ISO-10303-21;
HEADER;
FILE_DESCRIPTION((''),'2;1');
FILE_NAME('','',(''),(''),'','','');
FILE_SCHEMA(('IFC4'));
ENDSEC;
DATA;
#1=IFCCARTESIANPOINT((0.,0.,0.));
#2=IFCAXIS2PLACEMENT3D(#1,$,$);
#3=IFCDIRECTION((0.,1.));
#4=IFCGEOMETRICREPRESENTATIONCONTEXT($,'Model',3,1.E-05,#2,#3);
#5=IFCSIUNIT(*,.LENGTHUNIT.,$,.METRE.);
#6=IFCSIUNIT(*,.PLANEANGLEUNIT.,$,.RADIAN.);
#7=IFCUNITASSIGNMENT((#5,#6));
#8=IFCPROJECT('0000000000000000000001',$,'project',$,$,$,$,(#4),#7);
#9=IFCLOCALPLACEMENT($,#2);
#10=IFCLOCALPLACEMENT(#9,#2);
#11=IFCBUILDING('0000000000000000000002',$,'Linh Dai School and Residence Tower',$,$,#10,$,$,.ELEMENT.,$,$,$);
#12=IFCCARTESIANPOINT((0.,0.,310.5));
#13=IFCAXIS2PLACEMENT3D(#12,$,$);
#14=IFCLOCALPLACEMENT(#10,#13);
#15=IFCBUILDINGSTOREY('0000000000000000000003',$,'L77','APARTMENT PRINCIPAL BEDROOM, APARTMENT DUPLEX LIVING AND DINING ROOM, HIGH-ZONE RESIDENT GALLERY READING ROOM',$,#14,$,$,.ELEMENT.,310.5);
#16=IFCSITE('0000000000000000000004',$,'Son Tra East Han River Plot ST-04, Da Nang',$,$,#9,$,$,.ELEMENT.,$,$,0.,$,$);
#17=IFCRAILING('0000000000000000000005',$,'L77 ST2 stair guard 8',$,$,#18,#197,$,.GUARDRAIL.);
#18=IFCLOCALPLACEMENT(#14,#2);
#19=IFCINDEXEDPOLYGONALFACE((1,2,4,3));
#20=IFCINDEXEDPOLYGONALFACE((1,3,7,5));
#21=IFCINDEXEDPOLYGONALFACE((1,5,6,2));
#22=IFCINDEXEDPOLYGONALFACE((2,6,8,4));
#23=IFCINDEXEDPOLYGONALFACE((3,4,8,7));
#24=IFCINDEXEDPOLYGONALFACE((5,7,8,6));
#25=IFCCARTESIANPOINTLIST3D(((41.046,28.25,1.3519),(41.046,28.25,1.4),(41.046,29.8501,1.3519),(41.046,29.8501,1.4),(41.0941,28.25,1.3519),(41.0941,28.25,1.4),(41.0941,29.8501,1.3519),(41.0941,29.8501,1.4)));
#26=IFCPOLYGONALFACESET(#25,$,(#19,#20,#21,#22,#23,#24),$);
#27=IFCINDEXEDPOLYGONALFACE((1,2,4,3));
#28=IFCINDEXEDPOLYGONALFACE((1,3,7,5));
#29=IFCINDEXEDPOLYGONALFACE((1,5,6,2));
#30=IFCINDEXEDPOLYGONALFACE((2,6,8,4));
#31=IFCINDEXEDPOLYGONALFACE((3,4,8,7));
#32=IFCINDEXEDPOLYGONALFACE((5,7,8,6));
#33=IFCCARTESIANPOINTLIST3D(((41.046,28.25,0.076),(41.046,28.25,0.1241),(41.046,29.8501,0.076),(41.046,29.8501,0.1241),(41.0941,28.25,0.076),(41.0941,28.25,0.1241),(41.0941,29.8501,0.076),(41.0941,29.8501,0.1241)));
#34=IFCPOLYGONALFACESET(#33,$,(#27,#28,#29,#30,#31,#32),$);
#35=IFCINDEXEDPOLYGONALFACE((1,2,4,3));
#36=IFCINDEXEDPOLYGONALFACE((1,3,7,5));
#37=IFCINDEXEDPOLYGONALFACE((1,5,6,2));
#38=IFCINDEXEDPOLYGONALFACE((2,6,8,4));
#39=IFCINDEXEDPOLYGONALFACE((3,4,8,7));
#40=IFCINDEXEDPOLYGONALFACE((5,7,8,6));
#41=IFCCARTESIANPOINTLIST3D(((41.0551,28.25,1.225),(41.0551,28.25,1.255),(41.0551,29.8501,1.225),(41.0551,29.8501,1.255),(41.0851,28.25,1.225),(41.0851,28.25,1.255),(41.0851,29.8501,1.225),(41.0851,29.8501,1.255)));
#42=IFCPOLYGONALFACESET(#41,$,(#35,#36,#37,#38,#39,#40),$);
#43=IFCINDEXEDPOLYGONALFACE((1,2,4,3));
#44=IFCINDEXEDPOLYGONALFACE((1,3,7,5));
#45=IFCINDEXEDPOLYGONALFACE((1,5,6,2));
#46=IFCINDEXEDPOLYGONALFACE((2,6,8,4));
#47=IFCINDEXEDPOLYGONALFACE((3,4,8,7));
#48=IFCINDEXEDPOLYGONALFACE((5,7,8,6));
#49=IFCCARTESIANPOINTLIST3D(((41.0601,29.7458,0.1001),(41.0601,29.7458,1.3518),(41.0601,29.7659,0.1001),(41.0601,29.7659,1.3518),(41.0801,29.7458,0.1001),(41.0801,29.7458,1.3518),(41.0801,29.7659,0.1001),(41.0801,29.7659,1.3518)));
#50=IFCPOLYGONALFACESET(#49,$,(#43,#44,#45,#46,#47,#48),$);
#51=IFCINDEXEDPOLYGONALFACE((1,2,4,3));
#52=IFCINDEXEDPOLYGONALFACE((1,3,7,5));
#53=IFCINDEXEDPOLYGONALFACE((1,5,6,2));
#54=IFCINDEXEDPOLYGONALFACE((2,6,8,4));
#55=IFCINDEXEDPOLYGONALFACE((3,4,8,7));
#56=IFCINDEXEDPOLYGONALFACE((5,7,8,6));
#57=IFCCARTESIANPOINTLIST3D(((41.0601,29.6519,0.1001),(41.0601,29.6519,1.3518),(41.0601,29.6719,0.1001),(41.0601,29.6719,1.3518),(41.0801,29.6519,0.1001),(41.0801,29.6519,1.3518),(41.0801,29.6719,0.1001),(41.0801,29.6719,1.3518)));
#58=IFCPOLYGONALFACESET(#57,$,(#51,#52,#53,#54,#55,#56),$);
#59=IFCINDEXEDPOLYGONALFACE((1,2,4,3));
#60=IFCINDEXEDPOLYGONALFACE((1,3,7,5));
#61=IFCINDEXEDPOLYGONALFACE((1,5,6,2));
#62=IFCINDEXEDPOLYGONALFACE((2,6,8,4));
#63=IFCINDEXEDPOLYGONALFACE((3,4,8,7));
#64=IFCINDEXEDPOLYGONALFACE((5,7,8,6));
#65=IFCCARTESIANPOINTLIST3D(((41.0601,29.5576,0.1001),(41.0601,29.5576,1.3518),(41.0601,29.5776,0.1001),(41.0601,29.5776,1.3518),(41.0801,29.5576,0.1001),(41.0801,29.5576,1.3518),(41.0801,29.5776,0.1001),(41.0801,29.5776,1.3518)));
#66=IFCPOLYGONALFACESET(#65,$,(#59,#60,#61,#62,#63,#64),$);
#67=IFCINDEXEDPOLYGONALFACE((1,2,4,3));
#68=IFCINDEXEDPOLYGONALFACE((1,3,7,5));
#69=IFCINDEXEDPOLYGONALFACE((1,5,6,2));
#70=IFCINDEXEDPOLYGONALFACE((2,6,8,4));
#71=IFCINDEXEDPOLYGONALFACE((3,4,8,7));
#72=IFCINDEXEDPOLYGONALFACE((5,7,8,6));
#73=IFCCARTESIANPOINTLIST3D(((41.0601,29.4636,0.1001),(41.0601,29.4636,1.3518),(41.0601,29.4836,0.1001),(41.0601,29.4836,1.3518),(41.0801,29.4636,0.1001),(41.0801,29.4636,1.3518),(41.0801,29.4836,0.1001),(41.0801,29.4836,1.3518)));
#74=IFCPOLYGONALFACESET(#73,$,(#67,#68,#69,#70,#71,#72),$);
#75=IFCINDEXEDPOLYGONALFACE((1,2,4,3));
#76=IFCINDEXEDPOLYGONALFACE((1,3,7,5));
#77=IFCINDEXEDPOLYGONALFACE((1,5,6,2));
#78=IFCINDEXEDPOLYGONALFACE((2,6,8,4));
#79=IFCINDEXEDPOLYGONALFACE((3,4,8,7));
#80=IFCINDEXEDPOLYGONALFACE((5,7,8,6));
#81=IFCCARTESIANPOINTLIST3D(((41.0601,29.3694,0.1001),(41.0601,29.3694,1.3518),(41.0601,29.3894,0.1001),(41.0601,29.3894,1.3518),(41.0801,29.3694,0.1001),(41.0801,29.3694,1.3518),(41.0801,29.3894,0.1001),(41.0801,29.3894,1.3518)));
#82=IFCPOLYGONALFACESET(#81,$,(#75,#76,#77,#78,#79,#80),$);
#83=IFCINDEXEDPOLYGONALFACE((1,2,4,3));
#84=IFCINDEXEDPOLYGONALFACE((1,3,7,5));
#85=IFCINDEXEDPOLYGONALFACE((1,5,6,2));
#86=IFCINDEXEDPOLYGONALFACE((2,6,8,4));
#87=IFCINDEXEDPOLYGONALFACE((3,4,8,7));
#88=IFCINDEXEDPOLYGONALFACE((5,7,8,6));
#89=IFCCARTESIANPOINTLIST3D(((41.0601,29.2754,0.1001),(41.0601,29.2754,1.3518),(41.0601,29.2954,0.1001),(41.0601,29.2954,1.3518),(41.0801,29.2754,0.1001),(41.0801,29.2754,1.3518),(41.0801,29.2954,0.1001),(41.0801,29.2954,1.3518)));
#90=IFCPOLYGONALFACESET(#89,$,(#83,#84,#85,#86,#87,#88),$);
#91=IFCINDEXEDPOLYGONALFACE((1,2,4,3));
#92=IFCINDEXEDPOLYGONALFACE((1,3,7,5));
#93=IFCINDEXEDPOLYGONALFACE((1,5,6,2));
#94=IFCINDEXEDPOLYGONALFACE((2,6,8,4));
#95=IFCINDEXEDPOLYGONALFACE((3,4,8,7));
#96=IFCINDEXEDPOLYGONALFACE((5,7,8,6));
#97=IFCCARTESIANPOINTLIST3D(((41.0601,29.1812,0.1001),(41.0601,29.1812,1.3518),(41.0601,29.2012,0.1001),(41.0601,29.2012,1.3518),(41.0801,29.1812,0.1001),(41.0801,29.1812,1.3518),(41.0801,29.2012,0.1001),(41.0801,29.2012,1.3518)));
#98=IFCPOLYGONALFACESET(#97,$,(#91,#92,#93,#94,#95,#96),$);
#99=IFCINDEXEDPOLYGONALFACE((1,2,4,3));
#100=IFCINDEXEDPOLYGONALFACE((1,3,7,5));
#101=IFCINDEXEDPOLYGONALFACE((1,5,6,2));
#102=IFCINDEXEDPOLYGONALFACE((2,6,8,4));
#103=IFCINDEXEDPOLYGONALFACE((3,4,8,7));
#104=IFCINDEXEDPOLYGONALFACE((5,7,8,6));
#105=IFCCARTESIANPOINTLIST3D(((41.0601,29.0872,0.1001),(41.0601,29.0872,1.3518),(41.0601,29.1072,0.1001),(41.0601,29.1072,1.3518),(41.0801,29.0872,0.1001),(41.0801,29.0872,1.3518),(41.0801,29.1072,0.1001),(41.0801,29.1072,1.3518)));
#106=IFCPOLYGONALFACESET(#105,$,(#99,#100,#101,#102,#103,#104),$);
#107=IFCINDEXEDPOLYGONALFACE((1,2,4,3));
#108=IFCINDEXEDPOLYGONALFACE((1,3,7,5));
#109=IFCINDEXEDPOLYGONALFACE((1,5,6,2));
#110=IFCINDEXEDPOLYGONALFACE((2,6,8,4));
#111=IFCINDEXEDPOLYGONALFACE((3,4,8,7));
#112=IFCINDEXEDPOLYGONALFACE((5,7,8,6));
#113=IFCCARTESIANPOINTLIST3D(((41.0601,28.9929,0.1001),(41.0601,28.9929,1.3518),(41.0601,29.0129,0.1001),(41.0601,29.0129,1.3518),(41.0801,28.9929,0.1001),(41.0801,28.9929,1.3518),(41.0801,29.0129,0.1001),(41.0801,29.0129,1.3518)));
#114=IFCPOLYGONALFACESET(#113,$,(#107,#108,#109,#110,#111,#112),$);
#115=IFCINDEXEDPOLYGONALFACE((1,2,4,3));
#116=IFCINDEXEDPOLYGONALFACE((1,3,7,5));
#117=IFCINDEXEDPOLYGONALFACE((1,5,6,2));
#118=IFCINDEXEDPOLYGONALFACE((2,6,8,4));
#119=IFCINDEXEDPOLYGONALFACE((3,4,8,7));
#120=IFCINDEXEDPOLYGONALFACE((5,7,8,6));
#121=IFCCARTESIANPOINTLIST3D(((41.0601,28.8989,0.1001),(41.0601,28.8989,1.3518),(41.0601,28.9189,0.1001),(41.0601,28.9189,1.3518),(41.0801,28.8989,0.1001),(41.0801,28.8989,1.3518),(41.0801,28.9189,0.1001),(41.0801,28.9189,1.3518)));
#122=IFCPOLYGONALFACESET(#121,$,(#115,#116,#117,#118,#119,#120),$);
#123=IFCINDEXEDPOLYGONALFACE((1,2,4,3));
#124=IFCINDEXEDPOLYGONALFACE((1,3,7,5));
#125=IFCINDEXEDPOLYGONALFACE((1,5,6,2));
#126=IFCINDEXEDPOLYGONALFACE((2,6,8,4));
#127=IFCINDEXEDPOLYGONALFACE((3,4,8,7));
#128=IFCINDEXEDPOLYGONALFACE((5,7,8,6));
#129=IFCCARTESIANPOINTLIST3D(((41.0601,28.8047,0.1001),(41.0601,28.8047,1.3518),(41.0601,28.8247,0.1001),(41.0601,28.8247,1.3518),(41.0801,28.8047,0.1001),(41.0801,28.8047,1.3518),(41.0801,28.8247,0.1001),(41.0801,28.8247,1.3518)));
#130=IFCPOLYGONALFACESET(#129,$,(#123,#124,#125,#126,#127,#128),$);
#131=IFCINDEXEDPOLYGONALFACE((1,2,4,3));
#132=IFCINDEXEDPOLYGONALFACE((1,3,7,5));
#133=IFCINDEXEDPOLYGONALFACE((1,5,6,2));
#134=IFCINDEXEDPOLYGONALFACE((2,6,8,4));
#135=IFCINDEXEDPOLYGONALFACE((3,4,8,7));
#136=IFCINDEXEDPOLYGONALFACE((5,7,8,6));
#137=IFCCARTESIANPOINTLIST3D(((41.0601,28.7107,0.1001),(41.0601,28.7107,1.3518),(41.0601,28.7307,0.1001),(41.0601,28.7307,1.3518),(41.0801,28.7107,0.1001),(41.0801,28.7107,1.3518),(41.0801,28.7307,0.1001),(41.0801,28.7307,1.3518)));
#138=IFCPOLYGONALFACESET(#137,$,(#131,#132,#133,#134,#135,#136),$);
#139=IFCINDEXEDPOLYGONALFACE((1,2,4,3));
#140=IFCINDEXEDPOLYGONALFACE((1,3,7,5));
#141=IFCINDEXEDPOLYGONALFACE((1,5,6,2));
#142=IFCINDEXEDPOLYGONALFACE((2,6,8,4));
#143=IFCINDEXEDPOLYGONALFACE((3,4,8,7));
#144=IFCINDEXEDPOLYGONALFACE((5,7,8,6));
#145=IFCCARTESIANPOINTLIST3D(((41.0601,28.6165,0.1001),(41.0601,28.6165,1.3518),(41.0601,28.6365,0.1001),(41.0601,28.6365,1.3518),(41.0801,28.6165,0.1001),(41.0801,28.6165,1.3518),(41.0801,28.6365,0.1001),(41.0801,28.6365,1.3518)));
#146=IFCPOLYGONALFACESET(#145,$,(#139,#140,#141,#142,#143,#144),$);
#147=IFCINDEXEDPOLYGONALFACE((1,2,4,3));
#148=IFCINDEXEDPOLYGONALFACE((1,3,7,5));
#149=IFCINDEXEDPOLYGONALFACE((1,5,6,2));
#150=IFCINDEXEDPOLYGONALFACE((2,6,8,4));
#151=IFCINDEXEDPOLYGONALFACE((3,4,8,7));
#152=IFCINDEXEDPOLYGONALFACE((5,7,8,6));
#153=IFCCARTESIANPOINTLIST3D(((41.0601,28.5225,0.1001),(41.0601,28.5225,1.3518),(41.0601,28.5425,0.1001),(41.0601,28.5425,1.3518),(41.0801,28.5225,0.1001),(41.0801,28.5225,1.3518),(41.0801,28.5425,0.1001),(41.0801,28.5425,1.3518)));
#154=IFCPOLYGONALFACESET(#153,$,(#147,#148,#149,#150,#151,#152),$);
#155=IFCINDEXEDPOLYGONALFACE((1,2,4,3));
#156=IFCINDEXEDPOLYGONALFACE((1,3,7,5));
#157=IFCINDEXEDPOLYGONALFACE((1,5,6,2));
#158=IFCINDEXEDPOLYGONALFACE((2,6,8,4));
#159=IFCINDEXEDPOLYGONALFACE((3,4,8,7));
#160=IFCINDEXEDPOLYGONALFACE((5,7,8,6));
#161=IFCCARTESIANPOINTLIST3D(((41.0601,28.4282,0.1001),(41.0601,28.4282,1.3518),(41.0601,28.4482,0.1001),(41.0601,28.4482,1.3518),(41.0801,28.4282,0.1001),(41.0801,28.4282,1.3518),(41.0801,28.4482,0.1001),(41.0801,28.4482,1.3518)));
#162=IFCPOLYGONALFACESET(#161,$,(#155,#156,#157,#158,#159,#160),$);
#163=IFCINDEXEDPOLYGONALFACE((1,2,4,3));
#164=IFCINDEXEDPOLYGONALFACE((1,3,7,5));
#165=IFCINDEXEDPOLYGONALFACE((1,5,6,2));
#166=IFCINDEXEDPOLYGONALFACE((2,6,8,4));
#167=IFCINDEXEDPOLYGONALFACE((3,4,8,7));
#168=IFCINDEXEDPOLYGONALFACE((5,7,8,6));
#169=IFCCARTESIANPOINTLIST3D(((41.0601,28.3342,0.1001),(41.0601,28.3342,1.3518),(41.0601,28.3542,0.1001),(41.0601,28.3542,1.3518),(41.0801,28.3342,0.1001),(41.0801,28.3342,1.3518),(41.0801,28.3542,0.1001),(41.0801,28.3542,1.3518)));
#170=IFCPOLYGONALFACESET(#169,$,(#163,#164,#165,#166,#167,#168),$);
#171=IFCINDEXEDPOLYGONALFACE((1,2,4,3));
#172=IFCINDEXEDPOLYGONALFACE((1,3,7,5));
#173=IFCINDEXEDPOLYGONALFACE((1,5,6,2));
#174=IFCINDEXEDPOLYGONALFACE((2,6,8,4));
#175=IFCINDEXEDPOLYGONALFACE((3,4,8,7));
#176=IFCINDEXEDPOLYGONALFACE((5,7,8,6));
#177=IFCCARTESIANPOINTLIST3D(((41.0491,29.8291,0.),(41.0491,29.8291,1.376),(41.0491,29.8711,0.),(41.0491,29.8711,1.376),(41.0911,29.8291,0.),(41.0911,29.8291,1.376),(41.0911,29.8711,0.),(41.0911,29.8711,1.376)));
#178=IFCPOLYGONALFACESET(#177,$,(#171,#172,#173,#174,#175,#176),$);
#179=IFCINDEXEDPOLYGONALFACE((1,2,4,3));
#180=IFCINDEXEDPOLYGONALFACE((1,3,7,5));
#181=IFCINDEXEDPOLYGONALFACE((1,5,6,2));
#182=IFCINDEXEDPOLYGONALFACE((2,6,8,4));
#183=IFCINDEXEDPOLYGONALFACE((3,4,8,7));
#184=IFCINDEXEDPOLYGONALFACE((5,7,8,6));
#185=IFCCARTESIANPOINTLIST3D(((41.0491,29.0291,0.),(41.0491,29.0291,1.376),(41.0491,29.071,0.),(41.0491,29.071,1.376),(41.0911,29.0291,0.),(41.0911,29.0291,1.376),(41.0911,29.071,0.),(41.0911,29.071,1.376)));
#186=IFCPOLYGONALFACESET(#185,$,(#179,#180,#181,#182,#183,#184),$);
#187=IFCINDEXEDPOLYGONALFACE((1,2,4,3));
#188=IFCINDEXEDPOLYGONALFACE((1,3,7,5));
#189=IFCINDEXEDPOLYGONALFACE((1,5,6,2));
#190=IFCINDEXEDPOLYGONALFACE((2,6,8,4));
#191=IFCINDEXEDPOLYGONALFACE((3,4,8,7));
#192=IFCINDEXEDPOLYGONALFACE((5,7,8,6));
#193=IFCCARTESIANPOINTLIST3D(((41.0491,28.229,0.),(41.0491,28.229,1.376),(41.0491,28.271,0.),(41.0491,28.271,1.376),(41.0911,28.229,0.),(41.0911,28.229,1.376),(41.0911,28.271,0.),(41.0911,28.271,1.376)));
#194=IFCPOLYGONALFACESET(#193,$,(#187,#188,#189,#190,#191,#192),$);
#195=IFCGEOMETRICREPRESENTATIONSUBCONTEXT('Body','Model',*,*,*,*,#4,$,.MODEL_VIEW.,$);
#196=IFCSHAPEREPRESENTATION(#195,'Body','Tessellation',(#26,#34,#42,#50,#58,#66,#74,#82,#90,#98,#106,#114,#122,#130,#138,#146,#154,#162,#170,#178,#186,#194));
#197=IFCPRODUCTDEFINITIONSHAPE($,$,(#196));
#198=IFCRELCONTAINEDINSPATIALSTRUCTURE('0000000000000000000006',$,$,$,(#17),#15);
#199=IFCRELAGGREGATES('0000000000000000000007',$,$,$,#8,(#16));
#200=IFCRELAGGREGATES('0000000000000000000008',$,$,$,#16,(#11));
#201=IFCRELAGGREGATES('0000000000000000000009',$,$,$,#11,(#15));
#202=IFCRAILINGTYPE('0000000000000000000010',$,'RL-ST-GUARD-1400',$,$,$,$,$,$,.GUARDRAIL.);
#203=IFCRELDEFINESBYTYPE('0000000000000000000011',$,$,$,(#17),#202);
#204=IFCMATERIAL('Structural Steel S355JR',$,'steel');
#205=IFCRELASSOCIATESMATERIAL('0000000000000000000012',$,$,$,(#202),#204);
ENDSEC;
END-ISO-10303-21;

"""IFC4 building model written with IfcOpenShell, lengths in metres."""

from ifc_helpers import new_model, si_unit, direction, frame, origin, origin_2d, place, context, subcontext, project, spatial, rectangle, extrude, source, transform, mapped, material, type_object, element, save


model = new_model("IFC4")

# Units and contexts
model_context = context("Model", 3, precision=1e-05, world=origin(), true_north=direction((0.0, 1.0)))
body_context = subcontext(model_context, "Body", "Model", "MODEL_VIEW")
ifc_project = project(units=[si_unit("LENGTHUNIT", "METRE"), si_unit("PLANEANGLEUNIT", "RADIAN")], contexts=[model_context])

# Site, building, storey
site_placement = place(None, origin())
site = spatial("IfcSite", under=ifc_project, at=site_placement, Name="Son Tra East Han River Plot ST-04, Da Nang", CompositionType="ELEMENT", RefElevation=0.0)
building_placement = place(site_placement, origin())
building = spatial("IfcBuilding", under=site, at=building_placement, Name="Linh Dai School and Residence Tower", CompositionType="ELEMENT")
storey_placement = place(building_placement, frame((0.0, 0.0, 310.5)))
storey = spatial("IfcBuildingStorey", under=building, at=storey_placement, Name="L77", Description="APARTMENT PRINCIPAL BEDROOM, APARTMENT DUPLEX LIVING AND DINING ROOM, HIGH-ZONE RESIDENT GALLERY READING ROOM", CompositionType="ELEMENT", Elevation=310.5)

# Shared definitions
ifc_material_1 = material(Name="Structural Steel S355JR", Category="steel")

# Railing
railing_type_1 = type_object("IfcRailingType", Name="RL-ST-GUARD-1400", PredefinedType="GUARDRAIL", material=ifc_material_1)
shared_shape_1 = source(origin(), body_context, "Body", "SweptSolid", [
    extrude(rectangle(XDim=0.0481, YDim=0.0481, at=origin_2d()), frame((0.0, 0.0, 1.376), z_axis=(0.0, -1.0, 0.0), x_axis=(1.0, 0.0, 0.0)), (0.0, 0.0, 1.0), 1.6001),
    extrude(rectangle(XDim=0.0481, YDim=0.0481, at=origin_2d()), frame((0.0, 0.0, 0.1001), z_axis=(0.0, -1.0, 0.0), x_axis=(1.0, 0.0, 0.0)), (0.0, 0.0, 1.0), 1.6001),
    extrude(rectangle(XDim=0.03, YDim=0.03, at=origin_2d()), frame((0.0, 0.0, 1.24), z_axis=(0.0, -1.0, 0.0), x_axis=(1.0, 0.0, 0.0)), (0.0, 0.0, 1.0), 1.6001),
    extrude(rectangle(XDim=0.02, YDim=0.02, at=origin_2d()), frame((0.0, -0.0942, 0.1001)), (0.0, 0.0, 1.0), 1.2517),
    extrude(rectangle(XDim=0.02, YDim=0.02, at=origin_2d()), frame((0.0, -0.1882, 0.1001)), (0.0, 0.0, 1.0), 1.2517),
    extrude(rectangle(XDim=0.02, YDim=0.02, at=origin_2d()), frame((0.0, -0.2825, 0.1001)), (0.0, 0.0, 1.0), 1.2517),
    extrude(rectangle(XDim=0.02, YDim=0.02, at=origin_2d()), frame((0.0, -0.3765, 0.1001)), (0.0, 0.0, 1.0), 1.2517),
    extrude(rectangle(XDim=0.02, YDim=0.02, at=origin_2d()), frame((0.0, -0.4707, 0.1001)), (0.0, 0.0, 1.0), 1.2517),
    extrude(rectangle(XDim=0.02, YDim=0.02, at=origin_2d()), frame((0.0, -0.5647, 0.1001)), (0.0, 0.0, 1.0), 1.2517),
    extrude(rectangle(XDim=0.02, YDim=0.02, at=origin_2d()), frame((0.0, -0.6589, 0.1001)), (0.0, 0.0, 1.0), 1.2517),
    extrude(rectangle(XDim=0.02, YDim=0.02, at=origin_2d()), frame((0.0, -0.7529, 0.1001)), (0.0, 0.0, 1.0), 1.2517),
    extrude(rectangle(XDim=0.02, YDim=0.02, at=origin_2d()), frame((0.0, -0.8472, 0.1001)), (0.0, 0.0, 1.0), 1.2517),
    extrude(rectangle(XDim=0.02, YDim=0.02, at=origin_2d()), frame((0.0, -0.9412, 0.1001)), (0.0, 0.0, 1.0), 1.2517),
    extrude(rectangle(XDim=0.02, YDim=0.02, at=origin_2d()), frame((0.0, -1.0354, 0.1001)), (0.0, 0.0, 1.0), 1.2517),
    extrude(rectangle(XDim=0.02, YDim=0.02, at=origin_2d()), frame((0.0, -1.1294, 0.1001)), (0.0, 0.0, 1.0), 1.2517),
    extrude(rectangle(XDim=0.02, YDim=0.02, at=origin_2d()), frame((0.0, -1.2236, 0.1001)), (0.0, 0.0, 1.0), 1.2517),
    extrude(rectangle(XDim=0.02, YDim=0.02, at=origin_2d()), frame((0.0, -1.3176, 0.1001)), (0.0, 0.0, 1.0), 1.2517),
    extrude(rectangle(XDim=0.02, YDim=0.02, at=origin_2d()), frame((0.0, -1.4119, 0.1001)), (0.0, 0.0, 1.0), 1.2517),
    extrude(rectangle(XDim=0.02, YDim=0.02, at=origin_2d()), frame((0.0, -1.5059, 0.1001)), (0.0, 0.0, 1.0), 1.2517),
    extrude(rectangle(XDim=0.042, YDim=0.042, at=origin_2d()), origin(), (0.0, 0.0, 1.0), 1.376),
    extrude(rectangle(XDim=0.042, YDim=0.042, at=origin_2d()), frame((0.0, -0.8, 0.0)), (0.0, 0.0, 1.0), 1.376),
    extrude(rectangle(XDim=0.042, YDim=0.042, at=origin_2d()), frame((0.0, -1.6001, 0.0)), (0.0, 0.0, 1.0), 1.376),
])
for number, where, name in (
    (1, (41.0701, 29.8501, 0.0), "L77 ST2 stair guard 8"),
):
    element("IfcRailing", number, at=place(storey_placement, frame(where)), inside=storey, type_object=railing_type_1, Name=name, PredefinedType="GUARDRAIL", context=body_context, shape_type="MappedRepresentation", body=[
        mapped(shared_shape_1, transform((0.0, 0.0, 0.0), x_axis=(1.0, 0.0, 0.0), y_axis=(0.0, 1.0, 0.0), z_axis=(0.0, 0.0, 1.0), scale=1.0)),
    ])

save(model, "model.ifc")
